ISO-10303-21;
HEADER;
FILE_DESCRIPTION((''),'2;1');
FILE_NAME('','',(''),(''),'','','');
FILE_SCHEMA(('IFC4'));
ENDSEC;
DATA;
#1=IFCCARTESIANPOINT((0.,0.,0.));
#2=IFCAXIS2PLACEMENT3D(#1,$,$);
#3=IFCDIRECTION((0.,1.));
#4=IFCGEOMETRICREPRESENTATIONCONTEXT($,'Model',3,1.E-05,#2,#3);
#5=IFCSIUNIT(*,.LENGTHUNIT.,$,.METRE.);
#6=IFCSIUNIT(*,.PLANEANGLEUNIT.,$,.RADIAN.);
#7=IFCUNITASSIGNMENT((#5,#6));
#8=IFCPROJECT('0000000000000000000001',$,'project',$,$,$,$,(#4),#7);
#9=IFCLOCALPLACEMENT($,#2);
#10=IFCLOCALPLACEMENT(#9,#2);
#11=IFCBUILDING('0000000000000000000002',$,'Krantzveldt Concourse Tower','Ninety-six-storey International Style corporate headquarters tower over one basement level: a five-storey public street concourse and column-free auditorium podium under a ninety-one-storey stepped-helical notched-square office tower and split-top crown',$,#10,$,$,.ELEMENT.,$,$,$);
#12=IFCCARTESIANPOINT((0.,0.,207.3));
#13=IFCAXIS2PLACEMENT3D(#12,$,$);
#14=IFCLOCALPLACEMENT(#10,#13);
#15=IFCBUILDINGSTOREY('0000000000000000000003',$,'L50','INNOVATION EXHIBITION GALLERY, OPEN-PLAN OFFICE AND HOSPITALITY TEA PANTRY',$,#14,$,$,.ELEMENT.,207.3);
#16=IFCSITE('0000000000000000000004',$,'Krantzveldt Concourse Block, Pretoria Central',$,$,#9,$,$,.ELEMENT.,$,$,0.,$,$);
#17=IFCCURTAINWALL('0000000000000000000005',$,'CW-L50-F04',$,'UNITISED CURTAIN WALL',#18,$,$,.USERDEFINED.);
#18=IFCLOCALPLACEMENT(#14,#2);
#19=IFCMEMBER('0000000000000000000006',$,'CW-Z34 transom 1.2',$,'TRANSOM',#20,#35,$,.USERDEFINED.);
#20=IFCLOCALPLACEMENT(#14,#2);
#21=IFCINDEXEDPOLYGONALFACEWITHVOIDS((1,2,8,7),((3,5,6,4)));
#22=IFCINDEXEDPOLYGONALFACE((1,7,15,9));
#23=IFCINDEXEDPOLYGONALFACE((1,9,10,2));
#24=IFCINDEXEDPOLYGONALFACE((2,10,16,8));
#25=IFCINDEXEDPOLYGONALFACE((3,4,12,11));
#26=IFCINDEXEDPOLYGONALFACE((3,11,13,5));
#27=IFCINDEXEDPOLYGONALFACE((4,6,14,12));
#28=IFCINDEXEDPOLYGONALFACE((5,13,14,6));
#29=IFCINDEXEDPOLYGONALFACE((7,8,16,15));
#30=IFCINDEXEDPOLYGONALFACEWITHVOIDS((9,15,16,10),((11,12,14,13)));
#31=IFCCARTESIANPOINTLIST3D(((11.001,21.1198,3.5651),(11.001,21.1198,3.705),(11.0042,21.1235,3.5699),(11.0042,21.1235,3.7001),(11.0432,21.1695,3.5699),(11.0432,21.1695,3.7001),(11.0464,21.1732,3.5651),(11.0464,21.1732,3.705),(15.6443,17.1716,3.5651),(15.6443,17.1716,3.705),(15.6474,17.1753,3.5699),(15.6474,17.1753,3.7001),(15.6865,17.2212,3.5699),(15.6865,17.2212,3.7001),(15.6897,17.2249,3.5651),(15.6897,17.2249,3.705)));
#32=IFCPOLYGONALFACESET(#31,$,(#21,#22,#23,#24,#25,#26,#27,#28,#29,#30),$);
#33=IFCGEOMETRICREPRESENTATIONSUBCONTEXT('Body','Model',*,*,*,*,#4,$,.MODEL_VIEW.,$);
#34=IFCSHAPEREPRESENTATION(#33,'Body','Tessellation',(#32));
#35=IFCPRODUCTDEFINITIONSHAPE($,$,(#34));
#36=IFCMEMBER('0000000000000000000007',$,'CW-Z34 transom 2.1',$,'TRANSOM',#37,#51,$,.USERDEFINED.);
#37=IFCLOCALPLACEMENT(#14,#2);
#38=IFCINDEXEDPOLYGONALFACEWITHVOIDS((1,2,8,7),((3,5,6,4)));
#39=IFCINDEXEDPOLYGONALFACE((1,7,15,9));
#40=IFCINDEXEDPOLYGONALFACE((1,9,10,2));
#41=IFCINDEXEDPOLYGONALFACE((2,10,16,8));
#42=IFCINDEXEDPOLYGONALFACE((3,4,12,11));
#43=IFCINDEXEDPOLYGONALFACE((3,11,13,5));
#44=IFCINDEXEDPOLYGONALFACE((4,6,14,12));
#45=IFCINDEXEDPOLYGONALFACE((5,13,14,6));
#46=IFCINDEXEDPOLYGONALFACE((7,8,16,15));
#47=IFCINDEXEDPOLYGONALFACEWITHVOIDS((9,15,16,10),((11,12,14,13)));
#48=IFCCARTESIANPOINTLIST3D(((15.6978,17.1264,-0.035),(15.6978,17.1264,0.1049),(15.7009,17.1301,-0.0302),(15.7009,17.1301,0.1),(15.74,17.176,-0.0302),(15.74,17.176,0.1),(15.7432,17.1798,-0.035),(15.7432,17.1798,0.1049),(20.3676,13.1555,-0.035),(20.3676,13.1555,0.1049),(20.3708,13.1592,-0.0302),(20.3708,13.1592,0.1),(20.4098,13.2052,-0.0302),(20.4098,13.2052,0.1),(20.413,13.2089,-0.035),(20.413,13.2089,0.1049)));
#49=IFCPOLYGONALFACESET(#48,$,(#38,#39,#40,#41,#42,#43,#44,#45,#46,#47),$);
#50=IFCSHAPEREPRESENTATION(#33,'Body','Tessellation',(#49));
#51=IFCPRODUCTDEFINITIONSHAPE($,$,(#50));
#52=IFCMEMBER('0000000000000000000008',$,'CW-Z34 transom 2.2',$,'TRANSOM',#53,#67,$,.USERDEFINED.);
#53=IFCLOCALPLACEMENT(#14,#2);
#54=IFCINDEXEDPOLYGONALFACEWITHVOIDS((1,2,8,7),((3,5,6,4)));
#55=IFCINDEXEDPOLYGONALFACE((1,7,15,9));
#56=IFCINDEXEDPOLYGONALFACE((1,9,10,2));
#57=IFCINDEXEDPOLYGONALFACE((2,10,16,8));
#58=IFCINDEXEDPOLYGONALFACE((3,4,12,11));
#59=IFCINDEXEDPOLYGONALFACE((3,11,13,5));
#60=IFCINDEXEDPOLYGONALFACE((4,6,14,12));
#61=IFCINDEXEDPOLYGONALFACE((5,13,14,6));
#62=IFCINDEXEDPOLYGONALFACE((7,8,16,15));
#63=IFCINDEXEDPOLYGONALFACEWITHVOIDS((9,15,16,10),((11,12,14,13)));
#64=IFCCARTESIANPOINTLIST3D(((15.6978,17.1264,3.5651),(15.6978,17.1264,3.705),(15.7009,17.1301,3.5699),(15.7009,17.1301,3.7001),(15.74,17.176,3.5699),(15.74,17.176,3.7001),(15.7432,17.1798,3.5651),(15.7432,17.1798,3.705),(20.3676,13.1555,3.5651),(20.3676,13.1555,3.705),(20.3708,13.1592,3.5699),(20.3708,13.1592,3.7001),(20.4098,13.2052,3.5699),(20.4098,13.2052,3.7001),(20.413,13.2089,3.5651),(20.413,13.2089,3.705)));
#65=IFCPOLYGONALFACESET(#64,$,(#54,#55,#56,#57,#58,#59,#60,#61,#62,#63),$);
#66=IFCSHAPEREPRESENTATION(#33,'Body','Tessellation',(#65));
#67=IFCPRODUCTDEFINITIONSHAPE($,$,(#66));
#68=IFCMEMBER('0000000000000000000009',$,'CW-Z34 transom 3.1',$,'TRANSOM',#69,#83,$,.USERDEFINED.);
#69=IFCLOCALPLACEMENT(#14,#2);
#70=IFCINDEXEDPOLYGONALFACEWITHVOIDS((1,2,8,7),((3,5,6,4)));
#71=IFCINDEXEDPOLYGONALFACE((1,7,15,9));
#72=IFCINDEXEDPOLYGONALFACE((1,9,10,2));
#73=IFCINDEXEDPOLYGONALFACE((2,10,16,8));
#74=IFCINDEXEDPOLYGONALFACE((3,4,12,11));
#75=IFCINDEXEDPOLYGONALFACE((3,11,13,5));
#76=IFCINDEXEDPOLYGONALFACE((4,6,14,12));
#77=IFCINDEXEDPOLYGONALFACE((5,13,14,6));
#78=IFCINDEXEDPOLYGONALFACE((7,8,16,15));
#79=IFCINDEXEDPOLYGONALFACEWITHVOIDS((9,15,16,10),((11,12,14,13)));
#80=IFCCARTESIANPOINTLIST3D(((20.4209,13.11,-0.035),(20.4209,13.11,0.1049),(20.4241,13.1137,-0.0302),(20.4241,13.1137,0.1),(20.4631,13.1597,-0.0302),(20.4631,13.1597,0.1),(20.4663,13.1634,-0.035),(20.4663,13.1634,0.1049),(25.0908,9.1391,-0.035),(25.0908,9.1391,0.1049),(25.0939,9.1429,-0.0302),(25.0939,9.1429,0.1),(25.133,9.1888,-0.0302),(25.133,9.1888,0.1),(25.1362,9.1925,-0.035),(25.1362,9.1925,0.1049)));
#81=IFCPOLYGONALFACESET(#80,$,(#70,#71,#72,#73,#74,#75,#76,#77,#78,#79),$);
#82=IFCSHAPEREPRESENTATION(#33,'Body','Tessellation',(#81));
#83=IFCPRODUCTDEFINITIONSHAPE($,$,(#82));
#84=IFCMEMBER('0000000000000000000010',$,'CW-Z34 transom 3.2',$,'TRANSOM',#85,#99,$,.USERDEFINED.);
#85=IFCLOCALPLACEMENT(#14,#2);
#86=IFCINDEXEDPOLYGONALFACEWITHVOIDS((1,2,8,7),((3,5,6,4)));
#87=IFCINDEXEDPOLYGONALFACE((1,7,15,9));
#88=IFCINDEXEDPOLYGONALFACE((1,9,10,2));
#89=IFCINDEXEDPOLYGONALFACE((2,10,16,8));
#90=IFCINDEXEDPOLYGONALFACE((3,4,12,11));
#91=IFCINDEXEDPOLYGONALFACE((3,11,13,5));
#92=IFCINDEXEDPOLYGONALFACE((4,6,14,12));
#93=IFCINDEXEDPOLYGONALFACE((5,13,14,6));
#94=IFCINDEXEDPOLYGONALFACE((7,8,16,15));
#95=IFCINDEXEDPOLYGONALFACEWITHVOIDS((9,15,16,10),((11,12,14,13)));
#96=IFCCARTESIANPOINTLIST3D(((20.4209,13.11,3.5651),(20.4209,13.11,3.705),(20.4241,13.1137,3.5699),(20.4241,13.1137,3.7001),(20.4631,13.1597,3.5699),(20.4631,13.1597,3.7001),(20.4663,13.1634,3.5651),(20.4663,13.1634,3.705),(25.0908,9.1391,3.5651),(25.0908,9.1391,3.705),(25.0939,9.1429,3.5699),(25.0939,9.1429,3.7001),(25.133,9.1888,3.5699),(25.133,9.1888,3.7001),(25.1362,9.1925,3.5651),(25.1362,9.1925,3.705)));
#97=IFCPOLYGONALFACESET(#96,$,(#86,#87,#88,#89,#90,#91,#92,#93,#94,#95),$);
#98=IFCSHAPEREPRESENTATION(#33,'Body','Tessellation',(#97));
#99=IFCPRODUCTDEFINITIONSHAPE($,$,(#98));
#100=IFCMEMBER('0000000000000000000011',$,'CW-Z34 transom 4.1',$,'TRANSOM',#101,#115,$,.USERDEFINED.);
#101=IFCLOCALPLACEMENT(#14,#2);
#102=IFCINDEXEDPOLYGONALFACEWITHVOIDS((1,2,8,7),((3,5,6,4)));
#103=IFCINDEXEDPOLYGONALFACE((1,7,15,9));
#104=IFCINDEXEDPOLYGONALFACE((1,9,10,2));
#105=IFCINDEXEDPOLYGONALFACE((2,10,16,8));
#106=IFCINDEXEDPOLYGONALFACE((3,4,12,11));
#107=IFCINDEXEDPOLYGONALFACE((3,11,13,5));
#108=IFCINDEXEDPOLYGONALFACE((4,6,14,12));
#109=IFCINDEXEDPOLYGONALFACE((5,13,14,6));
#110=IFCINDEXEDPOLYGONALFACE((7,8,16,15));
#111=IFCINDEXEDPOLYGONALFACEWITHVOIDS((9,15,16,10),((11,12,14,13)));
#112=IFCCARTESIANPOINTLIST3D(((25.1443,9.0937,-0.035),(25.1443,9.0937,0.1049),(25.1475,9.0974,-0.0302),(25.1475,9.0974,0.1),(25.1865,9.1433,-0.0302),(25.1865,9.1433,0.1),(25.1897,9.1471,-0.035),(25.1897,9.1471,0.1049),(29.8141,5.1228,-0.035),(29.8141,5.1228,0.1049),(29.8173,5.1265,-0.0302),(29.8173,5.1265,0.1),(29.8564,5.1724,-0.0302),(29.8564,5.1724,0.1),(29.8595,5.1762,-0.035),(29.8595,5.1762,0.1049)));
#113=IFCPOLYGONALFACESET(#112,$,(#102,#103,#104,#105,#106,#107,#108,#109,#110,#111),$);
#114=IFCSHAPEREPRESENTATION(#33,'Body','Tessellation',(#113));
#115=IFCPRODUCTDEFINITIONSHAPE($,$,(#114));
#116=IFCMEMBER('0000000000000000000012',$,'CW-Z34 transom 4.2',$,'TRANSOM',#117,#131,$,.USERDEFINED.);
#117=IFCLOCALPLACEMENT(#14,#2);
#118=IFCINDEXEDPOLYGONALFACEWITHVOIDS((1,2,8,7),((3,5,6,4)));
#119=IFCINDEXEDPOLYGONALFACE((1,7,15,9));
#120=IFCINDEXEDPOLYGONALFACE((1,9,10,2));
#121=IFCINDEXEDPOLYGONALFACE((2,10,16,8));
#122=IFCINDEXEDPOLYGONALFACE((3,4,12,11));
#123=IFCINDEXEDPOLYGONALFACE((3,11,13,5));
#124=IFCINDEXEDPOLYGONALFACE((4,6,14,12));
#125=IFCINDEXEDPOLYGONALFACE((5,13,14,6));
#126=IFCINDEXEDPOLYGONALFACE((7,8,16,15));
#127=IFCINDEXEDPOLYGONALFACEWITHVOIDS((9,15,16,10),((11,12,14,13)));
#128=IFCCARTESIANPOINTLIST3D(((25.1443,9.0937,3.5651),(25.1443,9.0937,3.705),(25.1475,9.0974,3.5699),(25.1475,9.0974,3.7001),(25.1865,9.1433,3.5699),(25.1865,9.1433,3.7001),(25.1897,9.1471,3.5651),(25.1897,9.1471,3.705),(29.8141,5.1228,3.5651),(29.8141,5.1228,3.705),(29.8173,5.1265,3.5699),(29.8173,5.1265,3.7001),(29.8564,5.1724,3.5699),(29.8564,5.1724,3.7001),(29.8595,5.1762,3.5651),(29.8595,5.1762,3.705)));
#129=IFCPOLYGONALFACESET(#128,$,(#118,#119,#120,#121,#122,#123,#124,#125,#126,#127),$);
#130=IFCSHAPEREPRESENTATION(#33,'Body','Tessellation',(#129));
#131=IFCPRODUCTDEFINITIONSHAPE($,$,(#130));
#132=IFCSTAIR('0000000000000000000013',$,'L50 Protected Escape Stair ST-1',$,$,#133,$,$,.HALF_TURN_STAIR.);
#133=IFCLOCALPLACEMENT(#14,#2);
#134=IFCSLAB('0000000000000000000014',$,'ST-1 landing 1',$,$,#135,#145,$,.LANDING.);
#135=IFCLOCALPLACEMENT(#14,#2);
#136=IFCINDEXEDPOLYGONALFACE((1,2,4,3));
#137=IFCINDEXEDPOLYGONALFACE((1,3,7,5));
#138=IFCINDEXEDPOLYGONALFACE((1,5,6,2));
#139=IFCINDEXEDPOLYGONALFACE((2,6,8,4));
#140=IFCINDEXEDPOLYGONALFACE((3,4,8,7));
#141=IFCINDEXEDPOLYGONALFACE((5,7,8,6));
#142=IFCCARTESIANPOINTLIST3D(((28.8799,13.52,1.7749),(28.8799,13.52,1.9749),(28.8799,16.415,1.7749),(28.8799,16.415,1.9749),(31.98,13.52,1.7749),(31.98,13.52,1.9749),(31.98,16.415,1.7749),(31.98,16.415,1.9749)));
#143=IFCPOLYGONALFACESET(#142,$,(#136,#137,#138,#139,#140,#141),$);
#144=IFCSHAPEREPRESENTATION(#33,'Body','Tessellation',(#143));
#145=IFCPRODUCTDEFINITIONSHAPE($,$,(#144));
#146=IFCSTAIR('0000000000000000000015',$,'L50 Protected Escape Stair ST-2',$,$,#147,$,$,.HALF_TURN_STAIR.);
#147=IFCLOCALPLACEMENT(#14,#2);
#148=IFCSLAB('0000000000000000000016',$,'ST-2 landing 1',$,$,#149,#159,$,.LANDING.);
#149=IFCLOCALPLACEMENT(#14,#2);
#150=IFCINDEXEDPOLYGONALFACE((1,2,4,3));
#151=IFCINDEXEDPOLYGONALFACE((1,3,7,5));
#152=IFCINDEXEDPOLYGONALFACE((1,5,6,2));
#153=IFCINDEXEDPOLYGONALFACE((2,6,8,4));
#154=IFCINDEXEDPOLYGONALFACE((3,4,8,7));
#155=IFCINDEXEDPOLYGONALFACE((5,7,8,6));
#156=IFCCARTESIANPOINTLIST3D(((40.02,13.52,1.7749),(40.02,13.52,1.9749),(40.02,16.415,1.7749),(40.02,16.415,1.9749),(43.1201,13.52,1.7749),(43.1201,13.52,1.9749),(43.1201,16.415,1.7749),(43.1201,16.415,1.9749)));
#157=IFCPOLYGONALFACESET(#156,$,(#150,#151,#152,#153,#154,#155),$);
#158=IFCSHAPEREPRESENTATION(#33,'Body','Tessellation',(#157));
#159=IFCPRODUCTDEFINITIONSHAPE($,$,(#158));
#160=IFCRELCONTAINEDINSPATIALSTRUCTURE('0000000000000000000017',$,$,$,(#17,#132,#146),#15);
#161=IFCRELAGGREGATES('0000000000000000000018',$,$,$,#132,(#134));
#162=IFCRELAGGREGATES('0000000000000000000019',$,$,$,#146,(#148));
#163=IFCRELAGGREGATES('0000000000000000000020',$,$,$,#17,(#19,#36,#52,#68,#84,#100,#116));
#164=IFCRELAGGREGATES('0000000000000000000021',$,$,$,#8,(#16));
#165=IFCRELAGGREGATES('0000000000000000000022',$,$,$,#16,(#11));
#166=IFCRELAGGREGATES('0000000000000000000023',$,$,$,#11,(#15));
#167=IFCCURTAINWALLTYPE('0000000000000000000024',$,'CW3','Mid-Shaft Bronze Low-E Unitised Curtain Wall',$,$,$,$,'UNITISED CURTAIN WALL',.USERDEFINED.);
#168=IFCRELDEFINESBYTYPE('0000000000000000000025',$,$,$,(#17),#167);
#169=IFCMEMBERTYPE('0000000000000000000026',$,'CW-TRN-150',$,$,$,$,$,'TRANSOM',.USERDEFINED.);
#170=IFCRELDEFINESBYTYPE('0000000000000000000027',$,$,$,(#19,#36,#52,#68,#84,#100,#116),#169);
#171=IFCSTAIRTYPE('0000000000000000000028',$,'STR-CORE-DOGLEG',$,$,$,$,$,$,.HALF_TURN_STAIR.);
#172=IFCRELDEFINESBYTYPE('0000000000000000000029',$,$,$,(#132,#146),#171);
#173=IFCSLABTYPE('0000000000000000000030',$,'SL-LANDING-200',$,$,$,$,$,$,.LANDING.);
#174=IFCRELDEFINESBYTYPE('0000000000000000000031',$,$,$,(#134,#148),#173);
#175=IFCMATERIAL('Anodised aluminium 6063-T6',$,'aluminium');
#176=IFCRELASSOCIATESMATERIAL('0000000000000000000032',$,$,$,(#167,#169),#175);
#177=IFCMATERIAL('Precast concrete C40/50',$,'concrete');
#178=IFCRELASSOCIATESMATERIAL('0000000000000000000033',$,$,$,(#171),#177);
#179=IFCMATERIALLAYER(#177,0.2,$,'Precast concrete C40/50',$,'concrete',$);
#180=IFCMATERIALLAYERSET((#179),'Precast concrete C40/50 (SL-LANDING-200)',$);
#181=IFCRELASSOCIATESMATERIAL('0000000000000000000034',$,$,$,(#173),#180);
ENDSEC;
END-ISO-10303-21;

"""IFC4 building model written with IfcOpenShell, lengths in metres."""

from ifc_helpers import new_model, si_unit, direction, frame, origin, origin_2d, place, context, subcontext, project, spatial, polyline, hollow_rectangle, outline, extrude, source, transform, mapped, material, layer, layer_set, material_profile, profile_set, type_object, type_shapes, element, aggregate, save


model = new_model("IFC4")

# Units and contexts
model_context = context("Model", 3, precision=1e-05, world=origin(), true_north=direction((0.0, 1.0)))
body_context = subcontext(model_context, "Body", "Model", "MODEL_VIEW")
ifc_project = project(units=[si_unit("LENGTHUNIT", "METRE"), si_unit("PLANEANGLEUNIT", "RADIAN")], contexts=[model_context])

# Site, building, storey
site_placement = place(None, origin())
site = spatial("IfcSite", under=ifc_project, at=site_placement, Name="Krantzveldt Concourse Block, Pretoria Central", CompositionType="ELEMENT", RefElevation=0.0)
building_placement = place(site_placement, origin())
building = spatial("IfcBuilding", under=site, at=building_placement, Name="Krantzveldt Concourse Tower", Description="Ninety-six-storey International Style corporate headquarters tower over one basement level: a five-storey public street concourse and column-free auditorium podium under a ninety-one-storey stepped-helical notched-square office tower and split-top crown", CompositionType="ELEMENT")
storey_placement = place(building_placement, frame((0.0, 0.0, 207.3)))
storey = spatial("IfcBuildingStorey", under=building, at=storey_placement, Name="L50", Description="INNOVATION EXHIBITION GALLERY, OPEN-PLAN OFFICE AND HOSPITALITY TEA PANTRY", CompositionType="ELEMENT", Elevation=207.3)

# Curtain wall, members
ifc_material_1 = material(Name="Anodised aluminium 6063-T6", Category="aluminium")
curtain_wall_type = type_object("IfcCurtainWallType", Name="CW3", Description="Mid-Shaft Bronze Low-E Unitised Curtain Wall", ElementType="UNITISED CURTAIN WALL", PredefinedType="USERDEFINED", material=ifc_material_1)
curtain_wall_placement = place(storey_placement, origin())
curtain_wall = element("IfcCurtainWall", 1, at=curtain_wall_placement, inside=storey, type_object=curtain_wall_type, Name="CW-L50-F04", ObjectType="UNITISED CURTAIN WALL", PredefinedType="USERDEFINED")
ifc_material_profile_1 = material_profile(ifc_material_1, hollow_rectangle(XDim=0.0701, YDim=0.1399, WallThickness=0.0049, at=origin_2d()), Name="Anodised aluminium 6063-T6", Category="aluminium")
ifc_profile_set_1 = profile_set([ifc_material_profile_1], Name="Anodised aluminium 6063-T6 - ALU-TRAN 140x70x5")
member_type_1 = type_object("IfcMemberType", Name="CW-TRN-150", ElementType="TRANSOM", PredefinedType="USERDEFINED", material=ifc_profile_set_1)
shared_shape_1 = source(origin(), body_context, "Body", "SweptSolid", [
    extrude(hollow_rectangle(XDim=0.0701, YDim=0.1399, WallThickness=0.0049, at=origin_2d()), origin(), (0.0, 0.0, 1.0), 6.095),
])
member_1_placement = place(storey_placement, frame((11.0237, 21.1465, 3.635), z_axis=(0.761824, -0.647784, 0.0), x_axis=(0.647784, 0.761824, 0.0)))
member_1 = element("IfcMember", 2, at=member_1_placement, type_object=member_type_1, Name="CW-Z34 transom 1.2", ObjectType="TRANSOM", PredefinedType="USERDEFINED", context=body_context, shape_type="MappedRepresentation", body=[
    mapped(shared_shape_1, transform((0.0, 0.0, 0.0), x_axis=(1.0, 0.0, 0.0), y_axis=(0.0, 1.0, 0.0), z_axis=(0.0, 0.0, 1.0), scale=1.0)),
])
shared_shape_2 = source(origin(), body_context, "Body", "SweptSolid", [
    extrude(hollow_rectangle(XDim=0.0701, YDim=0.1399, WallThickness=0.0049, at=origin_2d()), origin(), (0.0, 0.0, 1.0), 6.1299),
])
type_shapes(member_type_1, [shared_shape_1, shared_shape_2])
member_2_placement = place(storey_placement, frame((15.7205, 17.1531, 0.0349), z_axis=(0.761817, -0.647792, 0.0), x_axis=(0.647792, 0.761817, 0.0)))
member_2 = element("IfcMember", 3, at=member_2_placement, type_object=member_type_1, Name="CW-Z34 transom 2.1", ObjectType="TRANSOM", PredefinedType="USERDEFINED", context=body_context, shape_type="MappedRepresentation", body=[
    mapped(shared_shape_2, transform((0.0, 0.0, 0.0), x_axis=(1.0, 0.0, 0.0), y_axis=(0.0, 1.0, 0.0), z_axis=(0.0, 0.0, 1.0), scale=1.0)),
])
member_3_placement = place(storey_placement, frame((15.7205, 17.1531, 3.635), z_axis=(0.761817, -0.647792, 0.0), x_axis=(0.647792, 0.761817, 0.0)))
member_3 = element("IfcMember", 4, at=member_3_placement, type_object=member_type_1, Name="CW-Z34 transom 2.2", ObjectType="TRANSOM", PredefinedType="USERDEFINED", context=body_context, shape_type="MappedRepresentation", body=[
    mapped(shared_shape_2, transform((0.0, 0.0, 0.0), x_axis=(1.0, 0.0, 0.0), y_axis=(0.0, 1.0, 0.0), z_axis=(0.0, 0.0, 1.0), scale=1.0)),
])
member_4_placement = place(storey_placement, frame((20.4436, 13.1367, 0.0349), z_axis=(0.761817, -0.647792, 0.0), x_axis=(0.647792, 0.761817, 0.0)))
member_4 = element("IfcMember", 5, at=member_4_placement, type_object=member_type_1, Name="CW-Z34 transom 3.1", ObjectType="TRANSOM", PredefinedType="USERDEFINED", context=body_context, shape_type="MappedRepresentation", body=[
    mapped(shared_shape_2, transform((0.0, 0.0, 0.0), x_axis=(1.0, 0.0, 0.0), y_axis=(0.0, 1.0, 0.0), z_axis=(0.0, 0.0, 1.0), scale=1.0)),
])
member_5_placement = place(storey_placement, frame((20.4436, 13.1367, 3.635), z_axis=(0.761817, -0.647792, 0.0), x_axis=(0.647792, 0.761817, 0.0)))
member_5 = element("IfcMember", 6, at=member_5_placement, type_object=member_type_1, Name="CW-Z34 transom 3.2", ObjectType="TRANSOM", PredefinedType="USERDEFINED", context=body_context, shape_type="MappedRepresentation", body=[
    mapped(shared_shape_2, transform((0.0, 0.0, 0.0), x_axis=(1.0, 0.0, 0.0), y_axis=(0.0, 1.0, 0.0), z_axis=(0.0, 0.0, 1.0), scale=1.0)),
])
member_6_placement = place(storey_placement, frame((25.167, 9.1204, 0.0349), z_axis=(0.761817, -0.647792, 0.0), x_axis=(0.647792, 0.761817, 0.0)))
member_6 = element("IfcMember", 7, at=member_6_placement, type_object=member_type_1, Name="CW-Z34 transom 4.1", ObjectType="TRANSOM", PredefinedType="USERDEFINED", context=body_context, shape_type="MappedRepresentation", body=[
    mapped(shared_shape_2, transform((0.0, 0.0, 0.0), x_axis=(1.0, 0.0, 0.0), y_axis=(0.0, 1.0, 0.0), z_axis=(0.0, 0.0, 1.0), scale=1.0)),
])
member_7_placement = place(storey_placement, frame((25.167, 9.1204, 3.635), z_axis=(0.761817, -0.647792, 0.0), x_axis=(0.647792, 0.761817, 0.0)))
member_7 = element("IfcMember", 8, at=member_7_placement, type_object=member_type_1, Name="CW-Z34 transom 4.2", ObjectType="TRANSOM", PredefinedType="USERDEFINED", context=body_context, shape_type="MappedRepresentation", body=[
    mapped(shared_shape_2, transform((0.0, 0.0, 0.0), x_axis=(1.0, 0.0, 0.0), y_axis=(0.0, 1.0, 0.0), z_axis=(0.0, 0.0, 1.0), scale=1.0)),
])

# Stairs, slabs
ifc_material_2 = material(Name="Precast concrete C40/50", Category="concrete")
stair_type = type_object("IfcStairType", Name="STR-CORE-DOGLEG", PredefinedType="HALF_TURN_STAIR", material=ifc_material_2)
stair_1_placement = place(storey_placement, origin())
stair_1 = element("IfcStair", 9, at=stair_1_placement, inside=storey, type_object=stair_type, Name="L50 Protected Escape Stair ST-1", PredefinedType="HALF_TURN_STAIR")
ifc_layer_1 = layer(ifc_material_2, 0.2, Name="Precast concrete C40/50", Category="concrete")
ifc_layer_set_1 = layer_set([ifc_layer_1], Name="Precast concrete C40/50 (SL-LANDING-200)")
slab_type_1 = type_object("IfcSlabType", Name="SL-LANDING-200", PredefinedType="LANDING", material=ifc_layer_set_1)
slab_1_placement = place(storey_placement, frame((0.0, 0.0, 1.7749)))
slab_1 = element("IfcSlab", 10, at=slab_1_placement, type_object=slab_type_1, Name="ST-1 landing 1", PredefinedType="LANDING", context=body_context, shape_type="SweptSolid", body=[
    extrude(outline(polyline([(28.8799, 16.415), (28.8799, 13.52), (31.98, 13.52), (31.98, 16.415), (28.8799, 16.415)])), origin(), (0.0, 0.0, 1.0), 0.2),
])
aggregate(stair_1, [slab_1])
stair_2_placement = place(storey_placement, origin())
stair_2 = element("IfcStair", 11, at=stair_2_placement, inside=storey, type_object=stair_type, Name="L50 Protected Escape Stair ST-2", PredefinedType="HALF_TURN_STAIR")
slab_2_placement = place(storey_placement, frame((0.0, 0.0, 1.7749)))
slab_2 = element("IfcSlab", 12, at=slab_2_placement, type_object=slab_type_1, Name="ST-2 landing 1", PredefinedType="LANDING", context=body_context, shape_type="SweptSolid", body=[
    extrude(outline(polyline([(40.02, 16.415), (40.02, 13.52), (43.1201, 13.52), (43.1201, 16.415), (40.02, 16.415)])), origin(), (0.0, 0.0, 1.0), 0.2),
])
aggregate(stair_2, [slab_2])

aggregate(curtain_wall, [member_1, member_2, member_3, member_4, member_5, member_6, member_7])

save(model, "model.ifc")
